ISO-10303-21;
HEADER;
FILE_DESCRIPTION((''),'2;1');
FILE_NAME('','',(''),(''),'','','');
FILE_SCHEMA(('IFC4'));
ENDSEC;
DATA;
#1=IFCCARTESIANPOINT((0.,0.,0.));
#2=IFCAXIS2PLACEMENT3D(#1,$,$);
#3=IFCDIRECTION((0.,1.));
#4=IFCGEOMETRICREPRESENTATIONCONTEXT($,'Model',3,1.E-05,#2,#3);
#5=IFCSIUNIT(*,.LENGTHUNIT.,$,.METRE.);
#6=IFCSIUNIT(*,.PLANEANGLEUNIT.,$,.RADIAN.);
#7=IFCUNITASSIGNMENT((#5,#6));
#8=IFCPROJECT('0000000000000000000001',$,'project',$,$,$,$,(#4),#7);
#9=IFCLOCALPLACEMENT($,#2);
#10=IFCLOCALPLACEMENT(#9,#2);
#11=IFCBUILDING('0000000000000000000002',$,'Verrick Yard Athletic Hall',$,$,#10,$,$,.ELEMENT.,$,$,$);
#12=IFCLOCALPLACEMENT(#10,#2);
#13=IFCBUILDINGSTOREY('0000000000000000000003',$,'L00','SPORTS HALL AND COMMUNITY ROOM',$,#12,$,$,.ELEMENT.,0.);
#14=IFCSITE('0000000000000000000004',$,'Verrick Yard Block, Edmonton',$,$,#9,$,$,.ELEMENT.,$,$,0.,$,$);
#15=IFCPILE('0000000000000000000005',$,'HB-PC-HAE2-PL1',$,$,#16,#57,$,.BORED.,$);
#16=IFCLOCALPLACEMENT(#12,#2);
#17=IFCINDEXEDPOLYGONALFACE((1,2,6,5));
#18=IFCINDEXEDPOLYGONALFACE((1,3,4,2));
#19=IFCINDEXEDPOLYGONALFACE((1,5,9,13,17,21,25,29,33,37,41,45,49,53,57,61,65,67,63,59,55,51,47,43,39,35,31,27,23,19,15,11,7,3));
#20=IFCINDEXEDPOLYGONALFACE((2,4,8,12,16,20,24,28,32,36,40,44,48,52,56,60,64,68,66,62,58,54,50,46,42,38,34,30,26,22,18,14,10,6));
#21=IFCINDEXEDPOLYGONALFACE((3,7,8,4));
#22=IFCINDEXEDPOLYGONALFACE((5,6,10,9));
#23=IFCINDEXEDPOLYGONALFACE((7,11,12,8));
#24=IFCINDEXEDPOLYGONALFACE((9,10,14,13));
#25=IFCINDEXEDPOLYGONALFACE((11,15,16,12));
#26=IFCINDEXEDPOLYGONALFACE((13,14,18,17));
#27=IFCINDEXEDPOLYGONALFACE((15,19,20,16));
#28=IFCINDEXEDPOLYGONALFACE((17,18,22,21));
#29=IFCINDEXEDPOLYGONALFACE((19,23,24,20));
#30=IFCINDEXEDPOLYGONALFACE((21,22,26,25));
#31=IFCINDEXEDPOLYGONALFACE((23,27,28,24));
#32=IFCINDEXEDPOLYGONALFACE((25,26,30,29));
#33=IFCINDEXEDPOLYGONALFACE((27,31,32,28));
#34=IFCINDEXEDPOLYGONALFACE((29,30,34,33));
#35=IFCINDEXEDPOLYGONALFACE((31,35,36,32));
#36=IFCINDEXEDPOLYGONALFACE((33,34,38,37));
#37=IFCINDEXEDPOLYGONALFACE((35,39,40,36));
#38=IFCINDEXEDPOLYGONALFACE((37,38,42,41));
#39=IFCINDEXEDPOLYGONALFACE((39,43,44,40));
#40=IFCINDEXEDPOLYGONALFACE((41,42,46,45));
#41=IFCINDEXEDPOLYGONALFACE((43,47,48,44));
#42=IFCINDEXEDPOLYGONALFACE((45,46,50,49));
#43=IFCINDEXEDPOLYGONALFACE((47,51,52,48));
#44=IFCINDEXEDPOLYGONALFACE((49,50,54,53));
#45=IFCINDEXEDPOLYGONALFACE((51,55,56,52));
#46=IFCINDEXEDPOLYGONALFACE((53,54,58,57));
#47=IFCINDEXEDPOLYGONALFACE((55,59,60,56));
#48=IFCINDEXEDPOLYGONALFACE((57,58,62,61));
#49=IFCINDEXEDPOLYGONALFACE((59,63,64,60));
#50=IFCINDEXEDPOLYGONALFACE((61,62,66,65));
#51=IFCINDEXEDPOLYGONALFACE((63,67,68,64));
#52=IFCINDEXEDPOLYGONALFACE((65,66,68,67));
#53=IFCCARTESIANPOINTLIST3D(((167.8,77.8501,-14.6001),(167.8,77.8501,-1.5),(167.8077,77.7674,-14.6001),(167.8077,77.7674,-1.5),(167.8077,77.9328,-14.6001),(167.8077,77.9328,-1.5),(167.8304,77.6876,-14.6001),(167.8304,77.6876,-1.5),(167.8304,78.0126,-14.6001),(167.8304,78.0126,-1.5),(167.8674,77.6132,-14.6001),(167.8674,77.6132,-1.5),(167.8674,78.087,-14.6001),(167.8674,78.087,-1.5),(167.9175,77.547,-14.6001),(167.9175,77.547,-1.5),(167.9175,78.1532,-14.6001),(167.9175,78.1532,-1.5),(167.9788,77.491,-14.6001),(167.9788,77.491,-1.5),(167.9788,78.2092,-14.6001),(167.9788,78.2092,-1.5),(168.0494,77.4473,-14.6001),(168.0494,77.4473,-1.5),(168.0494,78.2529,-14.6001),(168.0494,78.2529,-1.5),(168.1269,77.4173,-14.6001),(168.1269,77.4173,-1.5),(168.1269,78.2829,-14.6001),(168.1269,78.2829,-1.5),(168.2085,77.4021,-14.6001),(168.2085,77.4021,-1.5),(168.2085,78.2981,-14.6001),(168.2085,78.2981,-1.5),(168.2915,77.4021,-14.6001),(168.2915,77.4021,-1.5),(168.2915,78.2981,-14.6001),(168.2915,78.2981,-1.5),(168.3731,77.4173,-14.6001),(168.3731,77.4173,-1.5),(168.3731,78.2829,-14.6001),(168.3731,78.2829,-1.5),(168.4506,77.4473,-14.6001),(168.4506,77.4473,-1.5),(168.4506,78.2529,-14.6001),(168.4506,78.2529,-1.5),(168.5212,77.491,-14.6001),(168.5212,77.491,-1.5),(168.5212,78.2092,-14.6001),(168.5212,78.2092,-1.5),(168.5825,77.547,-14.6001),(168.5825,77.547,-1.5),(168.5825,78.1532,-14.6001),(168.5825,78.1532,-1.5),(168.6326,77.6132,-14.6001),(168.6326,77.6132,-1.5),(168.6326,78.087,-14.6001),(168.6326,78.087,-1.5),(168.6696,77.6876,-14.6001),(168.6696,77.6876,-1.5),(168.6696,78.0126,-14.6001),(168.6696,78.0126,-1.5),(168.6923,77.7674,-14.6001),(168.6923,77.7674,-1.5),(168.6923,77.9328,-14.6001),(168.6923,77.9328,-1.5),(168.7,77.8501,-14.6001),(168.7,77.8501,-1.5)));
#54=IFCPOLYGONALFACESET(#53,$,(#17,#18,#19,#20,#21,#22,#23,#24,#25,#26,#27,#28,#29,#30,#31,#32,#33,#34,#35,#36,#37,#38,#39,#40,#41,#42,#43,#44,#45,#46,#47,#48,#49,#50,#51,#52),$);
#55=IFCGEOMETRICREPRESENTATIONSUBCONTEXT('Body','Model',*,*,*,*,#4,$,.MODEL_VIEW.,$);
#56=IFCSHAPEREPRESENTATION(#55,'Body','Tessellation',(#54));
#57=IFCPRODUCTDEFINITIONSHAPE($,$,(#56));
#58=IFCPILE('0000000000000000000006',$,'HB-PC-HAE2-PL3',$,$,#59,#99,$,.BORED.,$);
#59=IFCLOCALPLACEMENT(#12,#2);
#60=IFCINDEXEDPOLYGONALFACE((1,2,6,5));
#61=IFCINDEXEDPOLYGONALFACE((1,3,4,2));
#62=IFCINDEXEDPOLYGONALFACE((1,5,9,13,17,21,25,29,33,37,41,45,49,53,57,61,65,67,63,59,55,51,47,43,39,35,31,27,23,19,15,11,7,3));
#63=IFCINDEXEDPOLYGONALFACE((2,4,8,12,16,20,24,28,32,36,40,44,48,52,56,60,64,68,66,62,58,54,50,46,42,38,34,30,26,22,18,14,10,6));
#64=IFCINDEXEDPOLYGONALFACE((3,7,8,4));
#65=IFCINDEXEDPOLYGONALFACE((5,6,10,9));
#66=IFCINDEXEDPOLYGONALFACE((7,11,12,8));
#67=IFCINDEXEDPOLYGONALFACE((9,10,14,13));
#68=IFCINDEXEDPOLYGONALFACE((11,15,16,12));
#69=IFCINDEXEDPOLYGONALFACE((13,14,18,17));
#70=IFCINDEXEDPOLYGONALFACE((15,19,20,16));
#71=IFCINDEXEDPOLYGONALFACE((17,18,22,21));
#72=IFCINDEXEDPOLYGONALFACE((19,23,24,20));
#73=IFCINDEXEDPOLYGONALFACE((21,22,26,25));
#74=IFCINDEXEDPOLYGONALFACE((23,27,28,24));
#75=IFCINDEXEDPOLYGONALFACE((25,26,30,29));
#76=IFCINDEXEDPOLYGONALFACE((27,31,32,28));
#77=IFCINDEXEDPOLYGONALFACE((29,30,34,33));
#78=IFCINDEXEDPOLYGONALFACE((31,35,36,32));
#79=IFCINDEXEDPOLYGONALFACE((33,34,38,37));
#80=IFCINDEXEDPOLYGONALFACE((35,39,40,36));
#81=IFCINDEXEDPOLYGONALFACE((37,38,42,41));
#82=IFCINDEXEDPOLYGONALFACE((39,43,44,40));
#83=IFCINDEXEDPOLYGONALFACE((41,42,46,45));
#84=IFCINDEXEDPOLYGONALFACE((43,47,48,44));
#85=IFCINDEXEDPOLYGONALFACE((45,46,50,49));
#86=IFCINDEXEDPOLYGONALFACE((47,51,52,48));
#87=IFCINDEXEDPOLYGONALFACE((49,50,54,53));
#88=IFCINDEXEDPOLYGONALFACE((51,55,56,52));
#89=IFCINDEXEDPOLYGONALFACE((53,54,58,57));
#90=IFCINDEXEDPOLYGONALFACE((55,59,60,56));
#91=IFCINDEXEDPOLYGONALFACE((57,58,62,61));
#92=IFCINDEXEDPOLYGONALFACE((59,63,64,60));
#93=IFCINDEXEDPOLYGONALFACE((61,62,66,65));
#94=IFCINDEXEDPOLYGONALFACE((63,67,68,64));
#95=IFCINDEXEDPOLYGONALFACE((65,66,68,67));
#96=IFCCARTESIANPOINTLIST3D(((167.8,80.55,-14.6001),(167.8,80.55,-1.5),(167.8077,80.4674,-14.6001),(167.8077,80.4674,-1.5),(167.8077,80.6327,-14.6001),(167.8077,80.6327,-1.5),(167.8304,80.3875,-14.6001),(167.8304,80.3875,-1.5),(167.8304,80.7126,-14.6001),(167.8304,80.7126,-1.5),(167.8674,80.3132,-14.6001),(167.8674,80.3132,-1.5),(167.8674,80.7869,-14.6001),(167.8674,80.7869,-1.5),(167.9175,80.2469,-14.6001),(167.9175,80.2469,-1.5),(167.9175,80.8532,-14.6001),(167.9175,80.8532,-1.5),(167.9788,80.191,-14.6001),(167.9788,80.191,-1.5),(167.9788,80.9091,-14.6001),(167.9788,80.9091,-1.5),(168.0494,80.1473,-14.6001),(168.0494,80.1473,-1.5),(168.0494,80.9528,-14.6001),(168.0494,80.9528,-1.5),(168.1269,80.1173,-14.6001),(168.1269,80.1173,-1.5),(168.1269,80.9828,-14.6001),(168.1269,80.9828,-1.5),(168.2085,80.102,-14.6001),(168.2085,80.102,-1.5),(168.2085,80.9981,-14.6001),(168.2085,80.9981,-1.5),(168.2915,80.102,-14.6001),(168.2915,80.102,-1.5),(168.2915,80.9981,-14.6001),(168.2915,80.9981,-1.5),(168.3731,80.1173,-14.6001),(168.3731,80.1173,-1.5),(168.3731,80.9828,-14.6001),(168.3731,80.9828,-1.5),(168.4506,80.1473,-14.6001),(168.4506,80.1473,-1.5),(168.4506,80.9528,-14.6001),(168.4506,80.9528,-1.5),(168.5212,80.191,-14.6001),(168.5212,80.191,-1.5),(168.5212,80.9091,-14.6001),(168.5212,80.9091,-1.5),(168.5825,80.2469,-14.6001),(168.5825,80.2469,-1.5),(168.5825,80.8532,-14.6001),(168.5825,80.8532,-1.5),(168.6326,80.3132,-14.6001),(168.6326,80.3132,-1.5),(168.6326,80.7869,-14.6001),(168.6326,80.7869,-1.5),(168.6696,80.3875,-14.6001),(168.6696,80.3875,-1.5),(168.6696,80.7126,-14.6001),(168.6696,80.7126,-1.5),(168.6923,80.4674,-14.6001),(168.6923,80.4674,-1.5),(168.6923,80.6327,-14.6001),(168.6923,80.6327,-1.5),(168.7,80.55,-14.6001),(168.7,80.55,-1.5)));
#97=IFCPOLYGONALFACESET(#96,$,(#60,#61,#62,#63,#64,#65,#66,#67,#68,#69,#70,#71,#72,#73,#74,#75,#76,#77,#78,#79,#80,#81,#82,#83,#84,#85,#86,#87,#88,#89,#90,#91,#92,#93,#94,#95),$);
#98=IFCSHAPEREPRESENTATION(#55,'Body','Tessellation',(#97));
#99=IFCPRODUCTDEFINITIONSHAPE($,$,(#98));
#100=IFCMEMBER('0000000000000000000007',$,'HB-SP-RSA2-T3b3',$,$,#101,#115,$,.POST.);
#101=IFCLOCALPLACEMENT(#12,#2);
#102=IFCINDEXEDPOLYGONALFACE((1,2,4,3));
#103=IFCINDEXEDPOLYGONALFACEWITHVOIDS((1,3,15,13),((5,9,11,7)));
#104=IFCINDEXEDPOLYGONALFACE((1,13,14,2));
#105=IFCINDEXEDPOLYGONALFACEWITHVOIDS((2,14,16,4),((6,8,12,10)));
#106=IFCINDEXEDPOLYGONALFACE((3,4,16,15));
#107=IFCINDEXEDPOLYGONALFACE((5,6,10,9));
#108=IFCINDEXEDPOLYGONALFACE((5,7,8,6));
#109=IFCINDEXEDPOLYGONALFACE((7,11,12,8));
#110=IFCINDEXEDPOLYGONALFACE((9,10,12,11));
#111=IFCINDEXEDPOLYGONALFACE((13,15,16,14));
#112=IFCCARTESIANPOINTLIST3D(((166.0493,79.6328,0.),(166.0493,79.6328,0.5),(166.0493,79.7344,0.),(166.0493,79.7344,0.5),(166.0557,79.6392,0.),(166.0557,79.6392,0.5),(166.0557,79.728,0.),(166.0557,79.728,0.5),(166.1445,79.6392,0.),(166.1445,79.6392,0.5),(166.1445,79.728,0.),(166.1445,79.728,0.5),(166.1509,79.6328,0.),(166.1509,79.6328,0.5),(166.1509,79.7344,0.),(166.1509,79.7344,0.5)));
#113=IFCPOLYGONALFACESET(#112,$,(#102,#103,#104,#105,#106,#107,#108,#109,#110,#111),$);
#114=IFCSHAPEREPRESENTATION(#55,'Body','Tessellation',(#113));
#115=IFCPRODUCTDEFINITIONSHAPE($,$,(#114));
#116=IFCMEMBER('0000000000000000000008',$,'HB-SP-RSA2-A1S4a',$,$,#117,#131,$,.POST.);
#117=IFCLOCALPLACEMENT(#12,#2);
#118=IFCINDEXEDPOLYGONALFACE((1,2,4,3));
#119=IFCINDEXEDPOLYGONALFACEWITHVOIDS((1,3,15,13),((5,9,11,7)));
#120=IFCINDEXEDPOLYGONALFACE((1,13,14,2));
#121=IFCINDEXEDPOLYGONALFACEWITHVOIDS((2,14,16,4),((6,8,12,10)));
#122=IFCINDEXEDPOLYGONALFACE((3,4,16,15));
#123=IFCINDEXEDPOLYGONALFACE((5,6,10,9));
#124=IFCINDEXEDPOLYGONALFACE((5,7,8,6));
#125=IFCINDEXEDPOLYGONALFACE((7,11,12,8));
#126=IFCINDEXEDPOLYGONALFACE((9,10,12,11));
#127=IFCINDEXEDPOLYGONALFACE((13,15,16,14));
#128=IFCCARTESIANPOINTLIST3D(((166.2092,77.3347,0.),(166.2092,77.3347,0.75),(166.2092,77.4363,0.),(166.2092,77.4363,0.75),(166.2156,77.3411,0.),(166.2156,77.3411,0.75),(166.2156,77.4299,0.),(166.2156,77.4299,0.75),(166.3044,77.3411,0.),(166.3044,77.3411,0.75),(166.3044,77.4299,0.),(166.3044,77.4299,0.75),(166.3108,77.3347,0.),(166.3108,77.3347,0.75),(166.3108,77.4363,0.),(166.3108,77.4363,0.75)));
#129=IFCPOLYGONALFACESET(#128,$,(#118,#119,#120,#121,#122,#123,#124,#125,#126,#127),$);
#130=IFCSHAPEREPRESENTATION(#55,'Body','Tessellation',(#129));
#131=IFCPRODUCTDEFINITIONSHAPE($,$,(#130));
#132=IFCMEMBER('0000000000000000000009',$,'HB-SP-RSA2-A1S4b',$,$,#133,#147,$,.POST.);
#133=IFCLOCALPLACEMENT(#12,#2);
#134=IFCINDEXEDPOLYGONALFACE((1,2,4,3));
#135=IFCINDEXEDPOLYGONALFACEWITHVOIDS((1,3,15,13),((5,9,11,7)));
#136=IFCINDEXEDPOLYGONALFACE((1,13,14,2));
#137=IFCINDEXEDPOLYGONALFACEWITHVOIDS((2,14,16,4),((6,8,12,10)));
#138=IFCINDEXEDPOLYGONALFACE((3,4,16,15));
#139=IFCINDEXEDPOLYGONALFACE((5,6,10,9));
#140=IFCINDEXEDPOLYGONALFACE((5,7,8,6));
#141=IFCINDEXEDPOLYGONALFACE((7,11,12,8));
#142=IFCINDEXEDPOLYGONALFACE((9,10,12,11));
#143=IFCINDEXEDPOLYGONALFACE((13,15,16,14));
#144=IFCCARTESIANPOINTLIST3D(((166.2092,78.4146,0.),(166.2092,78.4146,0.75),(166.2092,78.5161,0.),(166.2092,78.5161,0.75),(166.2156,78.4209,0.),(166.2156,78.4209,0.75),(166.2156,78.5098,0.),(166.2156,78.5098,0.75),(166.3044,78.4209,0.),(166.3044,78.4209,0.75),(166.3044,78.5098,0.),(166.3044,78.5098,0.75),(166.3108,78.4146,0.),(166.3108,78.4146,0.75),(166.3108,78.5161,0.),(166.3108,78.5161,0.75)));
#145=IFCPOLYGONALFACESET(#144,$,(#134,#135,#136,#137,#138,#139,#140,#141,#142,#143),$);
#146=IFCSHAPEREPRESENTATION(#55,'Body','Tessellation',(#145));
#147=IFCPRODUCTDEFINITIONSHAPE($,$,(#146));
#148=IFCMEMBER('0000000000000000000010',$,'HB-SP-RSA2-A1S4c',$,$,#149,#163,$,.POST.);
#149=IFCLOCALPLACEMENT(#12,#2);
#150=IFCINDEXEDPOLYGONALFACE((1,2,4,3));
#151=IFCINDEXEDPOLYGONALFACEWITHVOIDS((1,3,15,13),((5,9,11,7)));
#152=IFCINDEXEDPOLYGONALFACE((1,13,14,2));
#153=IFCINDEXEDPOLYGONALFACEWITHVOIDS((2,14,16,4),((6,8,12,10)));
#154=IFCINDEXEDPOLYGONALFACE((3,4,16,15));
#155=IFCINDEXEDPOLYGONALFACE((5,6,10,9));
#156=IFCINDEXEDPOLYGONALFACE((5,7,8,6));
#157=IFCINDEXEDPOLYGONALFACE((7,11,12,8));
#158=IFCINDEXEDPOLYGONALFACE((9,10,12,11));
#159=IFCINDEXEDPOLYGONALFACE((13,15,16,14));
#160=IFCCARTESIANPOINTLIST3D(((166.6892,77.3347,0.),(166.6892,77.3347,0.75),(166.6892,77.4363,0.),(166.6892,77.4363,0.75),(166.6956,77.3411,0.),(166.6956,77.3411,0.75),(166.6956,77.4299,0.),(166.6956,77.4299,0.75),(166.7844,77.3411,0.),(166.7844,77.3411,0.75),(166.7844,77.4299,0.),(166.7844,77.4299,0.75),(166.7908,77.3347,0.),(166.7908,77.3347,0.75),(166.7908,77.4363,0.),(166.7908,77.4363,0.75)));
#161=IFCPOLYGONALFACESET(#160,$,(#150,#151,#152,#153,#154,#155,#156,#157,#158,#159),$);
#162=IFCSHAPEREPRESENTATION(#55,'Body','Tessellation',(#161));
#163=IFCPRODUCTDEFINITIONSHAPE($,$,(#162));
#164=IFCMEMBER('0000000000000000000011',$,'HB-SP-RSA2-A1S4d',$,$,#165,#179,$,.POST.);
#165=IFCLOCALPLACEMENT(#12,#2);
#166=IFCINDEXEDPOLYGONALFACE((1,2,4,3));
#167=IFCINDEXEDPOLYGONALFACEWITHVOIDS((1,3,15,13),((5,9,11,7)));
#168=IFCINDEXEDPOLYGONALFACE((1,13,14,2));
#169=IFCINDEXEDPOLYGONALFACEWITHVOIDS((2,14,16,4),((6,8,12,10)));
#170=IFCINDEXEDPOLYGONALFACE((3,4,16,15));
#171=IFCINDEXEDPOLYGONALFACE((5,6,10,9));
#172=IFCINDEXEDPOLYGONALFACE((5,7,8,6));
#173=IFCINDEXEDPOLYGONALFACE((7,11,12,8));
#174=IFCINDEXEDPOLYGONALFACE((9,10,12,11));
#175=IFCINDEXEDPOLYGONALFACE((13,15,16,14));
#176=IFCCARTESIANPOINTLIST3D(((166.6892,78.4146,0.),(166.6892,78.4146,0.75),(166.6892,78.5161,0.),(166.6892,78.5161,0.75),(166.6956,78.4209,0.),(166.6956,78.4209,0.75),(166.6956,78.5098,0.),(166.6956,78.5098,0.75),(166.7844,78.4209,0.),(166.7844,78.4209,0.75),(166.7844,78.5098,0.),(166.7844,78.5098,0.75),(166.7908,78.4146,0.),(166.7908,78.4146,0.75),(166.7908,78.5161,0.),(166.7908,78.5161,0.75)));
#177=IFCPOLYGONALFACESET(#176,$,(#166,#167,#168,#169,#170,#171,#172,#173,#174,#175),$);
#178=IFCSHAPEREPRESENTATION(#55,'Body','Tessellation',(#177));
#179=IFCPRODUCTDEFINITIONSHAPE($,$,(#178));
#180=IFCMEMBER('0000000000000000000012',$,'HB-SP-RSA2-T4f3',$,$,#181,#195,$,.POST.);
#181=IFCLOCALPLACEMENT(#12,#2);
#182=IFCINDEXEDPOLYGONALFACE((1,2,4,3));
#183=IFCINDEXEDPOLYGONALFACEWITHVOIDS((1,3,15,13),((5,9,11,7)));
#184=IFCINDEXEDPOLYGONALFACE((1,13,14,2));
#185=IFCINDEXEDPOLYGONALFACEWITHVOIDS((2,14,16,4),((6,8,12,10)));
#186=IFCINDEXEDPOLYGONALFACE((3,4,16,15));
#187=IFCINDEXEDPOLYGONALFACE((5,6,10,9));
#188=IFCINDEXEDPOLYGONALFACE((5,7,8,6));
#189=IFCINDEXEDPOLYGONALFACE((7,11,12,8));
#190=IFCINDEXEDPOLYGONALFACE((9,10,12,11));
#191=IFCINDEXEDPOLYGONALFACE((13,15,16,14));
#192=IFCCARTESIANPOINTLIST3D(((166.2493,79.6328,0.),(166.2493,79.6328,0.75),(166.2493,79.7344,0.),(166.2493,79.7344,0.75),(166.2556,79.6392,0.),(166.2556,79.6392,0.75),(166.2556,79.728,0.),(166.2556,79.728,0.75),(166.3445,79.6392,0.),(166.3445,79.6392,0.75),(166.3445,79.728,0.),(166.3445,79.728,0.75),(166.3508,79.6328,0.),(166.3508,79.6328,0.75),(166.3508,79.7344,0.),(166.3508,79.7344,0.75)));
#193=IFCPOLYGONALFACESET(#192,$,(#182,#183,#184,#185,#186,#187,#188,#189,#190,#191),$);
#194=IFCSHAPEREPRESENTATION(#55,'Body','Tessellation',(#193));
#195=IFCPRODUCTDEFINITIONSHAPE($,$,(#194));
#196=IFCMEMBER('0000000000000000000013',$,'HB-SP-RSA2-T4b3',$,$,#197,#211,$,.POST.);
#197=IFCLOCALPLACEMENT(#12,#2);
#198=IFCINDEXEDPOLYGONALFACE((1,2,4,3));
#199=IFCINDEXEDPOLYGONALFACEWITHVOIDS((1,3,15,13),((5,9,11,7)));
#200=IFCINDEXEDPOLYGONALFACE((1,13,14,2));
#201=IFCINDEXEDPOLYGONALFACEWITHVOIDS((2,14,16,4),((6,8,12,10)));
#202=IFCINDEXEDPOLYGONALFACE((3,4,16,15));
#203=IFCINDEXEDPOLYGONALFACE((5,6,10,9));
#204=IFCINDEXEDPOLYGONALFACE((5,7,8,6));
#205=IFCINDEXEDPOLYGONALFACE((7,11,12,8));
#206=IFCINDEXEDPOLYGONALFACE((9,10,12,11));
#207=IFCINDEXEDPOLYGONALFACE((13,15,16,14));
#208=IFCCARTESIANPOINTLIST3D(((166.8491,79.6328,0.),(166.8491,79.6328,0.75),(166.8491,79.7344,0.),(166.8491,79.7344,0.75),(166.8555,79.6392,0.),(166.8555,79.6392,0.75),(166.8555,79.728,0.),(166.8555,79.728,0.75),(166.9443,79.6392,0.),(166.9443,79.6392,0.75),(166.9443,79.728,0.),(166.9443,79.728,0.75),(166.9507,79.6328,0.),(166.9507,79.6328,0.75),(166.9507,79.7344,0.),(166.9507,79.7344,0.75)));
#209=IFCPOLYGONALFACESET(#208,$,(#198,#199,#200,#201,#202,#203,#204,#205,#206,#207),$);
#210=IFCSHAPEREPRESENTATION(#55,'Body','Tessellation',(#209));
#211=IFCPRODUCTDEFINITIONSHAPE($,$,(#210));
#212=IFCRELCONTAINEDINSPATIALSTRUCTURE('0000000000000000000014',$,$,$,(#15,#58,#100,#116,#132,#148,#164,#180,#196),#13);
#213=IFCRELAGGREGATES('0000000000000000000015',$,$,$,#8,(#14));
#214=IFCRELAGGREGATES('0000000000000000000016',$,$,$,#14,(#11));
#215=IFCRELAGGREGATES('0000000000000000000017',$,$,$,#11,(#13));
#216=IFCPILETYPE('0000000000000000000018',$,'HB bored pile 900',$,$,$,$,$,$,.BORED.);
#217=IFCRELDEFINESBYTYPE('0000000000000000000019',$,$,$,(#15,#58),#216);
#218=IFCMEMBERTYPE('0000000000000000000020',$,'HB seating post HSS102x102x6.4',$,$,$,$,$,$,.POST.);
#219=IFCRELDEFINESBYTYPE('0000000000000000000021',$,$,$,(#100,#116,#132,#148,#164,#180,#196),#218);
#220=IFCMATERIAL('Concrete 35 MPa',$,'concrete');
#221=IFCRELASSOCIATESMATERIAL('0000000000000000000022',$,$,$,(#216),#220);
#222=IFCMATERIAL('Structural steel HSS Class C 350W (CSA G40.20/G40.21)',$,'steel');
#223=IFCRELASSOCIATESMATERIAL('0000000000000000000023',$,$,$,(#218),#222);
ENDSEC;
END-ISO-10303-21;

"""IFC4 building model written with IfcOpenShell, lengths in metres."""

from ifc_helpers import new_model, si_unit, direction, frame, origin, origin_2d, place, context, subcontext, project, spatial, hollow_rectangle, circle, extrude, material, material_profile, profile_set, type_object, element, save


model = new_model("IFC4")

# Units and contexts
model_context = context("Model", 3, precision=1e-05, world=origin(), true_north=direction((0.0, 1.0)))
body_context = subcontext(model_context, "Body", "Model", "MODEL_VIEW")
ifc_project = project(units=[si_unit("LENGTHUNIT", "METRE"), si_unit("PLANEANGLEUNIT", "RADIAN")], contexts=[model_context])

# Site, building, storey
site_placement = place(None, origin())
site = spatial("IfcSite", under=ifc_project, at=site_placement, Name="Verrick Yard Block, Edmonton", CompositionType="ELEMENT", RefElevation=0.0)
building_placement = place(site_placement, origin())
building = spatial("IfcBuilding", under=site, at=building_placement, Name="Verrick Yard Athletic Hall", CompositionType="ELEMENT")
storey_placement = place(building_placement, origin())
storey = spatial("IfcBuildingStorey", under=building, at=storey_placement, Name="L00", Description="SPORTS HALL AND COMMUNITY ROOM", CompositionType="ELEMENT", Elevation=0.0)

# Piles
ifc_material_1 = material(Name="Concrete 35 MPa", Category="concrete")
ifc_material_profile_1 = material_profile(ifc_material_1, circle(Radius=0.45, at=origin_2d()), Name="Bored pile 900")
ifc_profile_set_1 = profile_set([ifc_material_profile_1], Name="Concrete 35 MPa")
pile_type = type_object("IfcPileType", Name="HB bored pile 900", PredefinedType="BORED", material=ifc_profile_set_1)
for number, where, z_axis, x_axis, name in (
    (1, (168.25, 77.8501, -1.5), (0.0, 0.0, -1.0), (1.0, 0.0, 0.0), "HB-PC-HAE2-PL1"),
    (2, (168.25, 80.55, -1.5), (0.0, 0.0, -1.0), (1.0, 0.0, 0.0), "HB-PC-HAE2-PL3"),
):
    element("IfcPile", number, at=place(storey_placement, frame(where, z_axis=z_axis, x_axis=x_axis)), inside=storey, type_object=pile_type, Name=name, PredefinedType="BORED", context=body_context, shape_type="SweptSolid", body=[
        extrude(circle(Radius=0.45, at=origin_2d()), origin(), (0.0, 0.0, 1.0), 13.1001),
    ])

# Members
ifc_material_2 = material(Name="Structural steel HSS Class C 350W (CSA G40.20/G40.21)", Category="steel")
ifc_material_profile_2 = material_profile(ifc_material_2, hollow_rectangle(XDim=0.1016, YDim=0.1016, WallThickness=0.0063, at=origin_2d()), Name="HSS102x102x6.4")
ifc_profile_set_2 = profile_set([ifc_material_profile_2], Name="Structural steel HSS Class C 350W (CSA G40.20/G40.21)")
member_type = type_object("IfcMemberType", Name="HB seating post HSS102x102x6.4", PredefinedType="POST", material=ifc_profile_set_2)
member_placement = place(storey_placement, frame((166.1001, 79.6836, 0.0), z_axis=(0.0, 0.0, 1.0), x_axis=(0.0, 1.0, 0.0)))
element("IfcMember", 3, at=member_placement, inside=storey, type_object=member_type, Name="HB-SP-RSA2-T3b3", PredefinedType="POST", context=body_context, shape_type="SweptSolid", body=[
    extrude(hollow_rectangle(XDim=0.1016, YDim=0.1016, WallThickness=0.0063, at=origin_2d()), origin(), (0.0, 0.0, 1.0), 0.5),
])
for number, where, z_axis, x_axis, name in (
    (4, (166.26, 77.3855, 0.0), (0.0, 0.0, 1.0), (0.0, 1.0, 0.0), "HB-SP-RSA2-A1S4a"),
    (5, (166.26, 78.4653, 0.0), (0.0, 0.0, 1.0), (0.0, 1.0, 0.0), "HB-SP-RSA2-A1S4b"),
    (6, (166.74, 77.3855, 0.0), (0.0, 0.0, 1.0), (0.0, 1.0, 0.0), "HB-SP-RSA2-A1S4c"),
    (7, (166.74, 78.4653, 0.0), (0.0, 0.0, 1.0), (0.0, 1.0, 0.0), "HB-SP-RSA2-A1S4d"),
    (8, (166.3, 79.6836, 0.0), (0.0, 0.0, 1.0), (0.0, 1.0, 0.0), "HB-SP-RSA2-T4f3"),
    (9, (166.8999, 79.6836, 0.0), (0.0, 0.0, 1.0), (0.0, 1.0, 0.0), "HB-SP-RSA2-T4b3"),
):
    element("IfcMember", number, at=place(storey_placement, frame(where, z_axis=z_axis, x_axis=x_axis)), inside=storey, type_object=member_type, Name=name, PredefinedType="POST", context=body_context, shape_type="SweptSolid", body=[
        extrude(hollow_rectangle(XDim=0.1016, YDim=0.1016, WallThickness=0.0063, at=origin_2d()), origin(), (0.0, 0.0, 1.0), 0.75),
    ])

save(model, "model.ifc")
